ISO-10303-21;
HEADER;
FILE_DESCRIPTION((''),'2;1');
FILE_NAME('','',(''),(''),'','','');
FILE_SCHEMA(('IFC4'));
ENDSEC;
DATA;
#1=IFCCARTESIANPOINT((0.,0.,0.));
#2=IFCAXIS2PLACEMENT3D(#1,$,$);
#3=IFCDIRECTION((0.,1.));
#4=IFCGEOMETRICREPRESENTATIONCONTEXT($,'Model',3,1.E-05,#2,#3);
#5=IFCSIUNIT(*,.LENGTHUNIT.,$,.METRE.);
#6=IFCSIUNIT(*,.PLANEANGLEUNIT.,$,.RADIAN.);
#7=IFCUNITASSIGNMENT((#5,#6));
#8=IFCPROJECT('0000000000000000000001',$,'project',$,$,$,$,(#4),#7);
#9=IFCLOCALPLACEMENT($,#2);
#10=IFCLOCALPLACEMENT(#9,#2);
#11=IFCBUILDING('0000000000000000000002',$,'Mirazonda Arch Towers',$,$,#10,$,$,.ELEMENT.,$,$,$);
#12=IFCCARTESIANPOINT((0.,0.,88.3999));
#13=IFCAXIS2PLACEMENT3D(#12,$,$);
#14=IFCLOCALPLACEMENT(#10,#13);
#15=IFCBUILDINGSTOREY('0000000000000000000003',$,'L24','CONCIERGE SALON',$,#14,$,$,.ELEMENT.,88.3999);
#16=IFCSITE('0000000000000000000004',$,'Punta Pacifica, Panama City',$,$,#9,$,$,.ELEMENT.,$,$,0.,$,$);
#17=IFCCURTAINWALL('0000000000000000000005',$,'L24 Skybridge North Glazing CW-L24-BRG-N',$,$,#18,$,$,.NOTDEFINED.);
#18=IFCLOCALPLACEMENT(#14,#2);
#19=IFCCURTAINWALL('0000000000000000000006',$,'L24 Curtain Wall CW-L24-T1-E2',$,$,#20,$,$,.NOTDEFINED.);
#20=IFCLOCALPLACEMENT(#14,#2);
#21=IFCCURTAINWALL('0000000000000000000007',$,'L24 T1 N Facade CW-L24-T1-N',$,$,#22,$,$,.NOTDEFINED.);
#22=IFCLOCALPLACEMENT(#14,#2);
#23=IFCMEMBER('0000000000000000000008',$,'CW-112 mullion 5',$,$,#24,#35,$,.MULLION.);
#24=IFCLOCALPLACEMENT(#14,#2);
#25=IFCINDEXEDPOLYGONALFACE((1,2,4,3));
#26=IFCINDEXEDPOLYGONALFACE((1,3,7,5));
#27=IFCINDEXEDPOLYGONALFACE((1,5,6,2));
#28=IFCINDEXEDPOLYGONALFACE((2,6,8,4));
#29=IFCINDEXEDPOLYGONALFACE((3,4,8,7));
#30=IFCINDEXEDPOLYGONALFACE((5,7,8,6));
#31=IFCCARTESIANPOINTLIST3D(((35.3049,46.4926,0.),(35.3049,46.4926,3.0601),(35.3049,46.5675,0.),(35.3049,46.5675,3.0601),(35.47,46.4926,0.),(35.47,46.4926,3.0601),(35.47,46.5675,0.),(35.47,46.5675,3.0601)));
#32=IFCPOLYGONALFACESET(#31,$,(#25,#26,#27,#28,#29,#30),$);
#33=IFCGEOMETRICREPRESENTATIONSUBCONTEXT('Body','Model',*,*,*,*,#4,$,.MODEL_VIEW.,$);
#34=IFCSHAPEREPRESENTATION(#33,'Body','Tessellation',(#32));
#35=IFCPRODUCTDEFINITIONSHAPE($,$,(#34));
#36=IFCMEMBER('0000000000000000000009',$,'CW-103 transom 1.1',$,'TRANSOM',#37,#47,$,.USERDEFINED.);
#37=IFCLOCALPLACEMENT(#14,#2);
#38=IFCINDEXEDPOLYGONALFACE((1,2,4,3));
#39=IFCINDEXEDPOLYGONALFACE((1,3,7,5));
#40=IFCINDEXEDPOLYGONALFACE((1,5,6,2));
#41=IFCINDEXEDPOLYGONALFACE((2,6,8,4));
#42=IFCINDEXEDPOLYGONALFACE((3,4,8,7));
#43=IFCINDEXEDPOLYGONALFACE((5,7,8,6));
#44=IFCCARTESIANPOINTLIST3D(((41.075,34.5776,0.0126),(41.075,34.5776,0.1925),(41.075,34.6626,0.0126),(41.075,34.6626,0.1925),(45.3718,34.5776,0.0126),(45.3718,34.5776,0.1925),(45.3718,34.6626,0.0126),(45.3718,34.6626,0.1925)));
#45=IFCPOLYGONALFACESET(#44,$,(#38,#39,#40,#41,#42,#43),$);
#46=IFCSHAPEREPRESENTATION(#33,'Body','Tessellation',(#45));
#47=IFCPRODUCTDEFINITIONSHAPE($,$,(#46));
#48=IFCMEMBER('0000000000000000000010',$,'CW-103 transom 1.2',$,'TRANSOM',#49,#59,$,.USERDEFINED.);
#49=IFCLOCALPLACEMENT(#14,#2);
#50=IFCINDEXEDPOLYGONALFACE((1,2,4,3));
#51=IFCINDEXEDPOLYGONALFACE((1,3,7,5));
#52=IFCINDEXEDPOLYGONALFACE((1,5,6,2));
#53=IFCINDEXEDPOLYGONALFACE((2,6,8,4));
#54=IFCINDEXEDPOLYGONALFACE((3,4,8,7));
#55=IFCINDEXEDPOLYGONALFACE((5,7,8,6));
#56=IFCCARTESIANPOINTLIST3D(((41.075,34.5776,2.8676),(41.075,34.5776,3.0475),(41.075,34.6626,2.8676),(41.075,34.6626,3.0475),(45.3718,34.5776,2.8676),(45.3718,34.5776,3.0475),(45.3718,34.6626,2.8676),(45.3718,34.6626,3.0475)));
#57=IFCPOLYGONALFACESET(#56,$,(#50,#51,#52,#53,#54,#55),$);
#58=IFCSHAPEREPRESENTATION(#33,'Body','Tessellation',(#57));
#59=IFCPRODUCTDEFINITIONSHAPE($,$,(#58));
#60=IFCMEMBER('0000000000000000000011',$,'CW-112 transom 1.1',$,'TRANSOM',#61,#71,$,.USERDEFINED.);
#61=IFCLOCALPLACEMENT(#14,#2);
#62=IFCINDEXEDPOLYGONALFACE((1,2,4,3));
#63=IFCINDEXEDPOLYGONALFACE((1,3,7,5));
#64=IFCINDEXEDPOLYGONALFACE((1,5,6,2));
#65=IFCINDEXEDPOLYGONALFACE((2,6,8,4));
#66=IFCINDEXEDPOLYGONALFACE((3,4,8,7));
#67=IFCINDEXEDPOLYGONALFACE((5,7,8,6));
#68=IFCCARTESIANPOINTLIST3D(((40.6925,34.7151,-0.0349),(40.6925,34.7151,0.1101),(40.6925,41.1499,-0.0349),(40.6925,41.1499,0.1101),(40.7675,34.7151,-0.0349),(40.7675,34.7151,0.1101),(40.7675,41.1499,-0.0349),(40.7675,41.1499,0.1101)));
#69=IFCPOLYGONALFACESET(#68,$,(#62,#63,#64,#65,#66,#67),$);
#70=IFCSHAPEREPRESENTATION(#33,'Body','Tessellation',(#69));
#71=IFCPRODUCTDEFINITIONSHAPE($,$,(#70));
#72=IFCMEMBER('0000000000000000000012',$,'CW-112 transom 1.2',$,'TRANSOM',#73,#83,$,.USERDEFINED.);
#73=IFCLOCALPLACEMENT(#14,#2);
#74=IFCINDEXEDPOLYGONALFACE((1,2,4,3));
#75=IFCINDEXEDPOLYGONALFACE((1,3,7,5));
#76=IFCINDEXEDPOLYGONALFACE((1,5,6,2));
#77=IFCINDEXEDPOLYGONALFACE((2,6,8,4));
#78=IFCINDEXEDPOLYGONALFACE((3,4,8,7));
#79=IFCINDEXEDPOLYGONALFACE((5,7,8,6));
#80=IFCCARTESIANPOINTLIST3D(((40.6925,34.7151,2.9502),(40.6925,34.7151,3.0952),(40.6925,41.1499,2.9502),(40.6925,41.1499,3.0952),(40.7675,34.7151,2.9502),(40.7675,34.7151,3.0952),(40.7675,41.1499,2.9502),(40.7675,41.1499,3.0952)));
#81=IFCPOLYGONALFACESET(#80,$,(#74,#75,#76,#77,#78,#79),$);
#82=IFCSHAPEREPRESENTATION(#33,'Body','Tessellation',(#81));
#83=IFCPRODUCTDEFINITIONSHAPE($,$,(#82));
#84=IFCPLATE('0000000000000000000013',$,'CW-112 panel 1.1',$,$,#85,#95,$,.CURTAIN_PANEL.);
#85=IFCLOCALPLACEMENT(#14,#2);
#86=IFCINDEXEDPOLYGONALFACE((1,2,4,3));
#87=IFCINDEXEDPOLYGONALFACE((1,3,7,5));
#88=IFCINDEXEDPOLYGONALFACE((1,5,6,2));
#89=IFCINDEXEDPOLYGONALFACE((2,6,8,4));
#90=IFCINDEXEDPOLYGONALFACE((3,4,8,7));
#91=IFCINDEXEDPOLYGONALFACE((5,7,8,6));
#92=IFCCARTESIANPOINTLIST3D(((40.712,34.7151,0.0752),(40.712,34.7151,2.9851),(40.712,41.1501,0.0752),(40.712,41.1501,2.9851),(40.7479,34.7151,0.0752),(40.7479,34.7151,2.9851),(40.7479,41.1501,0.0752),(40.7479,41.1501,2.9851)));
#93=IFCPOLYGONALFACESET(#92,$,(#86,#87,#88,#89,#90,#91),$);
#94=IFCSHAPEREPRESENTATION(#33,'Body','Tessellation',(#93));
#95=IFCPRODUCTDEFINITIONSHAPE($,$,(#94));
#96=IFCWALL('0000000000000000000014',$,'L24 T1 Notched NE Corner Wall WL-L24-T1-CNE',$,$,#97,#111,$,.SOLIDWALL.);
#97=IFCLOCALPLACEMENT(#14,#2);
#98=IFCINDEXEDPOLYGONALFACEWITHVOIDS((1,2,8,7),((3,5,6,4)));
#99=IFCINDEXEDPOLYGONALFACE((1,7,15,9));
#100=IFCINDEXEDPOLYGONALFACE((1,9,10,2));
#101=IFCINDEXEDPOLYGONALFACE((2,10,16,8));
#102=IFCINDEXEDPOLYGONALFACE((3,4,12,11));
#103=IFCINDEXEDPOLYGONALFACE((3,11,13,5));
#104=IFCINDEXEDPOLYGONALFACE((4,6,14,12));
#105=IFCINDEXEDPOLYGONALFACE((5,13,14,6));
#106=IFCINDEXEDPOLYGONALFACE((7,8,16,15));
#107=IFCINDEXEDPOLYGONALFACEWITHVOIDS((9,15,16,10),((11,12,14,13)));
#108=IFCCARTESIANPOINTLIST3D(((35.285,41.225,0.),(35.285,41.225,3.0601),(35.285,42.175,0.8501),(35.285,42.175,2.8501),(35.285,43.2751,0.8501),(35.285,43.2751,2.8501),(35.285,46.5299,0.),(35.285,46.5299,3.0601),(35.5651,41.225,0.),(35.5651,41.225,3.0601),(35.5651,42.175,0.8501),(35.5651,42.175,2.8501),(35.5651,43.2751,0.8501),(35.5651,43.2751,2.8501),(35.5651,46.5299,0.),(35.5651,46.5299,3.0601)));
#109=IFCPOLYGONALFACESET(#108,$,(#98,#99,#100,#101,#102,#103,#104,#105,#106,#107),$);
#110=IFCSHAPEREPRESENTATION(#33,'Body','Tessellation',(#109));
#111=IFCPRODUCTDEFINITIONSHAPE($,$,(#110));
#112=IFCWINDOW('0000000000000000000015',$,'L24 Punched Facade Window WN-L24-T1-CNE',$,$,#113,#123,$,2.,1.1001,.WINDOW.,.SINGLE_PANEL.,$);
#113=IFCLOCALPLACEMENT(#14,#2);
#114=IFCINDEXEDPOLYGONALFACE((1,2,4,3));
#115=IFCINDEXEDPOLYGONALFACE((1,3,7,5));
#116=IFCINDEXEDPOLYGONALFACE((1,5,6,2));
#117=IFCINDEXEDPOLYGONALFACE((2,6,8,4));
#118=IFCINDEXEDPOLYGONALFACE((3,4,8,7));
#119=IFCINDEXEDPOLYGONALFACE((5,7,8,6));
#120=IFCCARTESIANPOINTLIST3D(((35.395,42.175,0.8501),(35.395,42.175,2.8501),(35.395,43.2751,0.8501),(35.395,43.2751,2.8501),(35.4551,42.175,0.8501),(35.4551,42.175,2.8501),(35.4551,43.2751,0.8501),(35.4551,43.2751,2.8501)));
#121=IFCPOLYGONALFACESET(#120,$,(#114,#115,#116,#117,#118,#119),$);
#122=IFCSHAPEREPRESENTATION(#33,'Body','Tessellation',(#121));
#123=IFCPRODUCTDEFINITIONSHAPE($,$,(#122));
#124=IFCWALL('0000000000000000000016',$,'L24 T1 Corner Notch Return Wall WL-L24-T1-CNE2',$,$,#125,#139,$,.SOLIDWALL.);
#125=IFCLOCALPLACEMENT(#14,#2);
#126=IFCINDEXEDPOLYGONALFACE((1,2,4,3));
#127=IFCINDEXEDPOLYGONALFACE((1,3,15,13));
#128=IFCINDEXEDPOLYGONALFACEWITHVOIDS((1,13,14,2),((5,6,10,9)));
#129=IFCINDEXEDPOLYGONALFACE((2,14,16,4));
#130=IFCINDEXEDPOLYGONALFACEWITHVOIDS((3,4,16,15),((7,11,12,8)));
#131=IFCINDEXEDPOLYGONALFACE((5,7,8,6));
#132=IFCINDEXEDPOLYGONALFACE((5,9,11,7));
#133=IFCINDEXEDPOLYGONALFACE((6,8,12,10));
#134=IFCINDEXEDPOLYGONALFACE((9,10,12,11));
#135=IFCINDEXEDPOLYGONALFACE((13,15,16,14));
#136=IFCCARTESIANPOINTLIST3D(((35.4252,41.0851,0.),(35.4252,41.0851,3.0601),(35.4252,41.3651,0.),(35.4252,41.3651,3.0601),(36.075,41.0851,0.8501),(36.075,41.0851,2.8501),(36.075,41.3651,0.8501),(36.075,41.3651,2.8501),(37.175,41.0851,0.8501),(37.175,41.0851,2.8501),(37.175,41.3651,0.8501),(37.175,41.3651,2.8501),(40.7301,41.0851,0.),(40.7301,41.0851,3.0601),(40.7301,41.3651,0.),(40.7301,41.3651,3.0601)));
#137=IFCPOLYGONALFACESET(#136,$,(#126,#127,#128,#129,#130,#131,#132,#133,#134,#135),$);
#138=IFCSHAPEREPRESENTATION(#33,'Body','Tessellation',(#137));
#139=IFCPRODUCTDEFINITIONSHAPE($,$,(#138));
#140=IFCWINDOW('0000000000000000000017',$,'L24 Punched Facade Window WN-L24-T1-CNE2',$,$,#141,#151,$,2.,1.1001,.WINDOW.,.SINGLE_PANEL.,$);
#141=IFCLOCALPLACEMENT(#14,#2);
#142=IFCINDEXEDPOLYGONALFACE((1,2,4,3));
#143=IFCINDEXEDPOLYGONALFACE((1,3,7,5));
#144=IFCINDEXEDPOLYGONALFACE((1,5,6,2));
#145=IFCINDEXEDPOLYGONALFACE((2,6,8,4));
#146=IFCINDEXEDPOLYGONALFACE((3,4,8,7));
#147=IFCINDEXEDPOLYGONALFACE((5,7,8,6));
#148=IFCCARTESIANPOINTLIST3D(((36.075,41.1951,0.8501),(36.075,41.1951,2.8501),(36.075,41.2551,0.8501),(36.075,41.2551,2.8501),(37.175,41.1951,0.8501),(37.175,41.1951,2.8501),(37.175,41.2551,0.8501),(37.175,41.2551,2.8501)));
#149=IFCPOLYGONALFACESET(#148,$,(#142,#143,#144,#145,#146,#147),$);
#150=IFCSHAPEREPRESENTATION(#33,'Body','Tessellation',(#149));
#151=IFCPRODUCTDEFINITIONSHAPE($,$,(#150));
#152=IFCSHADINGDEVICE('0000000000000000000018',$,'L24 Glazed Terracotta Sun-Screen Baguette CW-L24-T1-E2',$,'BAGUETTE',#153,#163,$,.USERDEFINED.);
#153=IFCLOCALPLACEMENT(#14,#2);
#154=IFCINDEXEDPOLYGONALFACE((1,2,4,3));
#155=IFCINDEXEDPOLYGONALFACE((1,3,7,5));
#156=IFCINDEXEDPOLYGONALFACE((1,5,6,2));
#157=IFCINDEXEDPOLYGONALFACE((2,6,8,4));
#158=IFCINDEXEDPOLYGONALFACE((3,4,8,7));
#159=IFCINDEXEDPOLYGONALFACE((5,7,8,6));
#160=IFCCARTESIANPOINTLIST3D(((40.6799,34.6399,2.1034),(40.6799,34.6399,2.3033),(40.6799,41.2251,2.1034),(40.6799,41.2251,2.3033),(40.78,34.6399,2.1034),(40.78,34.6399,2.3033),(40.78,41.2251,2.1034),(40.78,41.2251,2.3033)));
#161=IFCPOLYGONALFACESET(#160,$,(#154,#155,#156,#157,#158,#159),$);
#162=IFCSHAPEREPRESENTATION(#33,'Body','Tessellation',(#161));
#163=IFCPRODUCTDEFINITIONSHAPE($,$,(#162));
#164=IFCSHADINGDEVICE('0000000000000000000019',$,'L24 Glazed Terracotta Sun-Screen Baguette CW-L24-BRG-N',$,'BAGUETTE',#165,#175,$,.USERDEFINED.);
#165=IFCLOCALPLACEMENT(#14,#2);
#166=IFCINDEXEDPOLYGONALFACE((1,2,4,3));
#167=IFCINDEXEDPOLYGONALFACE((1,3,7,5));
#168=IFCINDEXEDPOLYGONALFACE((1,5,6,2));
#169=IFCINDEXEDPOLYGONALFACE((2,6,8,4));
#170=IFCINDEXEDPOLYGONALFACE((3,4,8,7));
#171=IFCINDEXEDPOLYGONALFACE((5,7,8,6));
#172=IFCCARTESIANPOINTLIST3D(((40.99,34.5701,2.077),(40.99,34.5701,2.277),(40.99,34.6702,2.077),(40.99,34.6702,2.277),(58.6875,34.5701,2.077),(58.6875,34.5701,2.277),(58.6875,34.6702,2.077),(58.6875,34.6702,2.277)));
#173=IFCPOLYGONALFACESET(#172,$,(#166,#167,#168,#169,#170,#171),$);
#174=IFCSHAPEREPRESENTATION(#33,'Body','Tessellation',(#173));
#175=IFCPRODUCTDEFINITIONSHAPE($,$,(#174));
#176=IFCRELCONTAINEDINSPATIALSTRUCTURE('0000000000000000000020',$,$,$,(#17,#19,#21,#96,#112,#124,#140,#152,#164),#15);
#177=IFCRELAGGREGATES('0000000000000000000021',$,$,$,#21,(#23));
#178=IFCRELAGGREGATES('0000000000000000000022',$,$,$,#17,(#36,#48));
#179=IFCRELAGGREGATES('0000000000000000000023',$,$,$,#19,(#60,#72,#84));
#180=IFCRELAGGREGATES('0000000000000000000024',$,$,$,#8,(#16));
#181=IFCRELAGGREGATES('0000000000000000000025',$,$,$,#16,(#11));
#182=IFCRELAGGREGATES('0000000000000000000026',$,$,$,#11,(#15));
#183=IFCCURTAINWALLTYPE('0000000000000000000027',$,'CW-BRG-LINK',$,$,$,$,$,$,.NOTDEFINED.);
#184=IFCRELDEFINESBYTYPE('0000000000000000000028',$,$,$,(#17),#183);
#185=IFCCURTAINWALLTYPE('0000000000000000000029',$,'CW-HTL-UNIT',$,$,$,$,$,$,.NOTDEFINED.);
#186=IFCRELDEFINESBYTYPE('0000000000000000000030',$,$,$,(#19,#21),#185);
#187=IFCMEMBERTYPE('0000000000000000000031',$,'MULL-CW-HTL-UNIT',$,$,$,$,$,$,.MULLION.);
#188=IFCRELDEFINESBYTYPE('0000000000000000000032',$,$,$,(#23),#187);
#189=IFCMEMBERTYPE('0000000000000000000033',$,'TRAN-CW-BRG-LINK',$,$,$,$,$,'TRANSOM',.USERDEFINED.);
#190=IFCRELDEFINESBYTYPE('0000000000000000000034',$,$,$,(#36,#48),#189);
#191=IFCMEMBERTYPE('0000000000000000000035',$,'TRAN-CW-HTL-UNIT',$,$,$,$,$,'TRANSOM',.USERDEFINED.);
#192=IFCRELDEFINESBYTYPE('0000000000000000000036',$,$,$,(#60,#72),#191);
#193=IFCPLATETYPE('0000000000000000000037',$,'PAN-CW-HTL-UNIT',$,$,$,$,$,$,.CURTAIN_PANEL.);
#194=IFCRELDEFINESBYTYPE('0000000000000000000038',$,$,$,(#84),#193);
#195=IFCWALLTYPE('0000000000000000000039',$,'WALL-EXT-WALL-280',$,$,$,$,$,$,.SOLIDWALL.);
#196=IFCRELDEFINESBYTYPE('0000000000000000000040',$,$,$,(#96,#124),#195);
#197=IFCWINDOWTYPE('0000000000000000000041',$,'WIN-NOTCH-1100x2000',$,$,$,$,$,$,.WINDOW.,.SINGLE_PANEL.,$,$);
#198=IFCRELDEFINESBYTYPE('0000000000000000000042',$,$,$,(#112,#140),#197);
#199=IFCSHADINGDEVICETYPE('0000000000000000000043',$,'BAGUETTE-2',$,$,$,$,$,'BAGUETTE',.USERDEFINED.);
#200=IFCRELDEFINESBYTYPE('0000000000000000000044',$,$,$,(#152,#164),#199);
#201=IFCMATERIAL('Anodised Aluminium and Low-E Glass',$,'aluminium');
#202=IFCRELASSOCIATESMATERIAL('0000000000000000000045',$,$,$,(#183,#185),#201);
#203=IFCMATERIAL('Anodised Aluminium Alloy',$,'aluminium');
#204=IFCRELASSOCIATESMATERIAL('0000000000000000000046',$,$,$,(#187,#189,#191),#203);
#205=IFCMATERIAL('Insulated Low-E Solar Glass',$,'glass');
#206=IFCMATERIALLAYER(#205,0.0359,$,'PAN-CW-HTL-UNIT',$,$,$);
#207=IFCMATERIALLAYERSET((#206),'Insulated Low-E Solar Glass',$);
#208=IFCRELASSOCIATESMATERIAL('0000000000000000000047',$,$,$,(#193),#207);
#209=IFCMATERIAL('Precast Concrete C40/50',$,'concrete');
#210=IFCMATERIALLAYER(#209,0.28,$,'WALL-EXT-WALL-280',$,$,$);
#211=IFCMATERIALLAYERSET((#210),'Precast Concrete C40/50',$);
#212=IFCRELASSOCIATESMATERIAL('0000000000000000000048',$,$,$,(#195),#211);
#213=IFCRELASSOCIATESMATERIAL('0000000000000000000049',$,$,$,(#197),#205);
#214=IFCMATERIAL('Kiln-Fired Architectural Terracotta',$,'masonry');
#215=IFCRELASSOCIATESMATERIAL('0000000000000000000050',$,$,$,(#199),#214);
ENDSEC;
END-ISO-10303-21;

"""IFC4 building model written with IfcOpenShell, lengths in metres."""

from ifc_helpers import new_model, si_unit, direction, frame, frame_2d, origin, origin_2d, place, context, subcontext, project, spatial, rectangle, extrude, material, layer, layer_set, material_profile, profile_set, type_object, element, fill, aggregate, save


model = new_model("IFC4")

# Units and contexts
model_context = context("Model", 3, precision=1e-05, world=origin(), true_north=direction((0.0, 1.0)))
body_context = subcontext(model_context, "Body", "Model", "MODEL_VIEW")
ifc_project = project(units=[si_unit("LENGTHUNIT", "METRE"), si_unit("PLANEANGLEUNIT", "RADIAN")], contexts=[model_context])

# Site, building, storey
site_placement = place(None, origin())
site = spatial("IfcSite", under=ifc_project, at=site_placement, Name="Punta Pacifica, Panama City", CompositionType="ELEMENT", RefElevation=0.0)
building_placement = place(site_placement, origin())
building = spatial("IfcBuilding", under=site, at=building_placement, Name="Mirazonda Arch Towers", CompositionType="ELEMENT")
storey_placement = place(building_placement, frame((0.0, 0.0, 88.3999)))
storey = spatial("IfcBuildingStorey", under=building, at=storey_placement, Name="L24", Description="CONCIERGE SALON", CompositionType="ELEMENT", Elevation=88.3999)

# Curtain wall
ifc_material_1 = material(Name="Anodised Aluminium and Low-E Glass", Category="aluminium")
curtain_wall_type_1 = type_object("IfcCurtainWallType", Name="CW-BRG-LINK", PredefinedType="NOTDEFINED", material=ifc_material_1)
curtain_wall_1_placement = place(storey_placement, origin())
curtain_wall_1 = element("IfcCurtainWall", 1, at=curtain_wall_1_placement, inside=storey, type_object=curtain_wall_type_1, Name="L24 Skybridge North Glazing CW-L24-BRG-N", PredefinedType="NOTDEFINED")
ifc_material_2 = material(Name="Anodised Aluminium Alloy", Category="aluminium")

# Curtain wall
curtain_wall_type_2 = type_object("IfcCurtainWallType", Name="CW-HTL-UNIT", PredefinedType="NOTDEFINED", material=ifc_material_1)
curtain_wall_2_placement = place(storey_placement, origin())
curtain_wall_2 = element("IfcCurtainWall", 2, at=curtain_wall_2_placement, inside=storey, type_object=curtain_wall_type_2, Name="L24 Curtain Wall CW-L24-T1-E2", PredefinedType="NOTDEFINED")
ifc_material_profile_1 = material_profile(ifc_material_2, rectangle(XDim=0.075, YDim=0.165, at=origin_2d()), Name="ALU-MULL-75x165")
ifc_profile_set_1 = profile_set([ifc_material_profile_1], Name="Anodised Aluminium Alloy")
member_type_1 = type_object("IfcMemberType", Name="MULL-CW-HTL-UNIT", PredefinedType="MULLION", material=ifc_profile_set_1)

# Curtain wall, member
curtain_wall_3_placement = place(storey_placement, origin())
curtain_wall_3 = element("IfcCurtainWall", 3, at=curtain_wall_3_placement, inside=storey, type_object=curtain_wall_type_2, Name="L24 T1 N Facade CW-L24-T1-N", PredefinedType="NOTDEFINED")
member_1_placement = place(storey_placement, frame((35.3875, 46.53, 0.0), z_axis=(0.0, 0.0, 1.0), x_axis=(0.0, 1.0, 0.0)))
member_1 = element("IfcMember", 4, at=member_1_placement, type_object=member_type_1, Name="CW-112 mullion 5", PredefinedType="MULLION", context=body_context, shape_type="SweptSolid", body=[
    extrude(rectangle(XDim=0.075, YDim=0.165, at=origin_2d()), origin(), (0.0, 0.0, 1.0), 3.0601),
])
aggregate(curtain_wall_3, [member_1])

# Members
ifc_material_profile_2 = material_profile(ifc_material_2, rectangle(XDim=0.085, YDim=0.1799, at=origin_2d()), Name="ALU-TRAN-85x180")
ifc_profile_set_2 = profile_set([ifc_material_profile_2], Name="Anodised Aluminium Alloy")
member_type_2 = type_object("IfcMemberType", Name="TRAN-CW-BRG-LINK", ElementType="TRANSOM", PredefinedType="USERDEFINED", material=ifc_profile_set_2)
member_2_placement = place(storey_placement, frame((41.075, 34.6201, 0.1025), z_axis=(1.0, 0.0, 0.0), x_axis=(0.0, 1.0, 0.0)))
member_2 = element("IfcMember", 5, at=member_2_placement, type_object=member_type_2, Name="CW-103 transom 1.1", ObjectType="TRANSOM", PredefinedType="USERDEFINED", context=body_context, shape_type="SweptSolid", body=[
    extrude(rectangle(XDim=0.085, YDim=0.1799, at=origin_2d()), origin(), (0.0, 0.0, 1.0), 4.2969),
])
member_3_placement = place(storey_placement, frame((41.075, 34.6201, 2.9575), z_axis=(1.0, 0.0, 0.0), x_axis=(0.0, 1.0, 0.0)))
member_3 = element("IfcMember", 6, at=member_3_placement, type_object=member_type_2, Name="CW-103 transom 1.2", ObjectType="TRANSOM", PredefinedType="USERDEFINED", context=body_context, shape_type="SweptSolid", body=[
    extrude(rectangle(XDim=0.085, YDim=0.1799, at=origin_2d()), origin(), (0.0, 0.0, 1.0), 4.2969),
])
aggregate(curtain_wall_1, [member_2, member_3])
ifc_material_profile_3 = material_profile(ifc_material_2, rectangle(XDim=0.075, YDim=0.145, at=origin_2d()), Name="ALU-TRAN-75x145")
ifc_profile_set_3 = profile_set([ifc_material_profile_3], Name="Anodised Aluminium Alloy")
member_type_3 = type_object("IfcMemberType", Name="TRAN-CW-HTL-UNIT", ElementType="TRANSOM", PredefinedType="USERDEFINED", material=ifc_profile_set_3)
member_4_placement = place(storey_placement, frame((40.73, 34.7151, 0.0376), z_axis=(0.0, 1.0, 0.0), x_axis=(-1.0, 0.0, 0.0)))
member_4 = element("IfcMember", 7, at=member_4_placement, type_object=member_type_3, Name="CW-112 transom 1.1", ObjectType="TRANSOM", PredefinedType="USERDEFINED", context=body_context, shape_type="SweptSolid", body=[
    extrude(rectangle(XDim=0.075, YDim=0.145, at=origin_2d()), origin(), (0.0, 0.0, 1.0), 6.4348),
])
member_5_placement = place(storey_placement, frame((40.73, 34.7151, 3.0227), z_axis=(0.0, 1.0, 0.0), x_axis=(-1.0, 0.0, 0.0)))
member_5 = element("IfcMember", 8, at=member_5_placement, type_object=member_type_3, Name="CW-112 transom 1.2", ObjectType="TRANSOM", PredefinedType="USERDEFINED", context=body_context, shape_type="SweptSolid", body=[
    extrude(rectangle(XDim=0.075, YDim=0.145, at=origin_2d()), origin(), (0.0, 0.0, 1.0), 6.4348),
])

# Plate
ifc_material_3 = material(Name="Insulated Low-E Solar Glass", Category="glass")
ifc_layer_1 = layer(ifc_material_3, 0.0359, Name="PAN-CW-HTL-UNIT")
ifc_layer_set_1 = layer_set([ifc_layer_1], Name="Insulated Low-E Solar Glass")
plate_type = type_object("IfcPlateType", Name="PAN-CW-HTL-UNIT", PredefinedType="CURTAIN_PANEL", material=ifc_layer_set_1)
plate_placement = place(storey_placement, frame((40.73, 37.9326, 0.0752), z_axis=(0.0, 0.0, 1.0), x_axis=(0.0, 1.0, 0.0)))
plate = element("IfcPlate", 9, at=plate_placement, type_object=plate_type, Name="CW-112 panel 1.1", PredefinedType="CURTAIN_PANEL", context=body_context, shape_type="SweptSolid", body=[
    extrude(rectangle(XDim=6.4351, YDim=0.0359, at=origin_2d()), origin(), (0.0, 0.0, 1.0), 2.9099),
])
aggregate(curtain_wall_2, [member_4, member_5, plate])

# Walls, openings, windows
ifc_material_4 = material(Name="Precast Concrete C40/50", Category="concrete")
ifc_layer_2 = layer(ifc_material_4, 0.28, Name="WALL-EXT-WALL-280")
ifc_layer_set_2 = layer_set([ifc_layer_2], Name="Precast Concrete C40/50")
wall_type = type_object("IfcWallType", Name="WALL-EXT-WALL-280", PredefinedType="SOLIDWALL", material=ifc_layer_set_2)
wall_1_placement = place(storey_placement, frame((35.425, 41.2251, 0.0), z_axis=(0.0, 0.0, 1.0), x_axis=(0.0, 1.0, 0.0)))
wall_1 = element("IfcWall", 10, at=wall_1_placement, inside=storey, type_object=wall_type, Name="L24 T1 Notched NE Corner Wall WL-L24-T1-CNE", PredefinedType="SOLIDWALL", context=body_context, shape_type="SweptSolid", body=[
    extrude(rectangle(XDim=5.3049, YDim=0.28, at=frame_2d((2.6523, 0.0))), origin(), (0.0, 0.0, 1.0), 3.0601),
])
opening_1_placement = place(wall_1_placement, frame((0.95, 0.0, 0.8501)))
opening_1 = element("IfcOpeningElement", 11, at=opening_1_placement, cuts=wall_1, PredefinedType="OPENING", context=body_context, shape_type="SweptSolid", body=[
    extrude(rectangle(XDim=1.1001, YDim=2.0, at=frame_2d((0.55, 1.0))), frame((0.0, 0.1499, 0.0), z_axis=(0.0, -1.0, 0.0), x_axis=(1.0, 0.0, 0.0)), (0.0, 0.0, 1.0), 0.3),
])
window_type = type_object("IfcWindowType", Name="WIN-NOTCH-1100x2000", PartitioningType="SINGLE_PANEL", PredefinedType="WINDOW", material=ifc_material_3)
window_1_placement = place(opening_1_placement, origin())
window_1 = element("IfcWindow", 12, at=window_1_placement, inside=storey, type_object=window_type, Name="L24 Punched Facade Window WN-L24-T1-CNE", OverallHeight=2.0, OverallWidth=1.1001, PartitioningType="SINGLE_PANEL", PredefinedType="WINDOW", context=body_context, shape_type="SweptSolid", body=[
    extrude(rectangle(XDim=1.1001, YDim=2.0, at=frame_2d((0.55, 1.0))), frame((0.0, 0.03, 0.0), z_axis=(0.0, -1.0, 0.0), x_axis=(1.0, 0.0, 0.0)), (0.0, 0.0, 1.0), 0.0601),
])
fill(opening_1, window_1)
wall_2_placement = place(storey_placement, frame((40.73, 41.2251, 0.0), z_axis=(0.0, 0.0, 1.0), x_axis=(-1.0, 0.0, 0.0)))
wall_2 = element("IfcWall", 13, at=wall_2_placement, inside=storey, type_object=wall_type, Name="L24 T1 Corner Notch Return Wall WL-L24-T1-CNE2", PredefinedType="SOLIDWALL", context=body_context, shape_type="SweptSolid", body=[
    extrude(rectangle(XDim=5.3049, YDim=0.28, at=frame_2d((2.6523, 0.0))), origin(), (0.0, 0.0, 1.0), 3.0601),
])
opening_2_placement = place(wall_2_placement, frame((3.5549, 0.0, 0.8501)))
opening_2 = element("IfcOpeningElement", 14, at=opening_2_placement, cuts=wall_2, PredefinedType="OPENING", context=body_context, shape_type="SweptSolid", body=[
    extrude(rectangle(XDim=1.1001, YDim=2.0, at=frame_2d((0.55, 1.0))), frame((0.0, 0.1499, 0.0), z_axis=(0.0, -1.0, 0.0), x_axis=(1.0, 0.0, 0.0)), (0.0, 0.0, 1.0), 0.3),
])
window_2_placement = place(opening_2_placement, origin())
window_2 = element("IfcWindow", 15, at=window_2_placement, inside=storey, type_object=window_type, Name="L24 Punched Facade Window WN-L24-T1-CNE2", OverallHeight=2.0, OverallWidth=1.1001, PartitioningType="SINGLE_PANEL", PredefinedType="WINDOW", context=body_context, shape_type="SweptSolid", body=[
    extrude(rectangle(XDim=1.1001, YDim=2.0, at=frame_2d((0.55, 1.0))), frame((0.0, 0.03, 0.0), z_axis=(0.0, -1.0, 0.0), x_axis=(1.0, 0.0, 0.0)), (0.0, 0.0, 1.0), 0.0601),
])
fill(opening_2, window_2)

# Shading devices
ifc_material_5 = material(Name="Kiln-Fired Architectural Terracotta", Category="masonry")
ifc_material_profile_4 = material_profile(ifc_material_5, rectangle(XDim=0.1001, YDim=0.2, at=origin_2d()), Name="TERRA-BAG-100x200")
ifc_profile_set_4 = profile_set([ifc_material_profile_4], Name="Kiln-Fired Architectural Terracotta")
shading_device_type = type_object("IfcShadingDeviceType", Name="BAGUETTE-2", ElementType="BAGUETTE", PredefinedType="USERDEFINED", material=ifc_profile_set_4)
shading_device_1_placement = place(storey_placement, frame((40.73, 34.6399, 2.2034), z_axis=(0.0, 1.0, 0.0), x_axis=(-1.0, 0.0, 0.0)))
element("IfcShadingDevice", 16, at=shading_device_1_placement, inside=storey, type_object=shading_device_type, Name="L24 Glazed Terracotta Sun-Screen Baguette CW-L24-T1-E2", ObjectType="BAGUETTE", PredefinedType="USERDEFINED", context=body_context, shape_type="SweptSolid", body=[
    extrude(rectangle(XDim=0.1001, YDim=0.2, at=origin_2d()), origin(), (0.0, 0.0, 1.0), 6.5852),
])
shading_device_2_placement = place(storey_placement, frame((40.99, 34.6201, 2.177), z_axis=(1.0, 0.0, 0.0), x_axis=(0.0, 1.0, 0.0)))
element("IfcShadingDevice", 17, at=shading_device_2_placement, inside=storey, type_object=shading_device_type, Name="L24 Glazed Terracotta Sun-Screen Baguette CW-L24-BRG-N", ObjectType="BAGUETTE", PredefinedType="USERDEFINED", context=body_context, shape_type="SweptSolid", body=[
    extrude(rectangle(XDim=0.1001, YDim=0.2, at=origin_2d()), origin(), (0.0, 0.0, 1.0), 17.6975),
])

save(model, "model.ifc")
